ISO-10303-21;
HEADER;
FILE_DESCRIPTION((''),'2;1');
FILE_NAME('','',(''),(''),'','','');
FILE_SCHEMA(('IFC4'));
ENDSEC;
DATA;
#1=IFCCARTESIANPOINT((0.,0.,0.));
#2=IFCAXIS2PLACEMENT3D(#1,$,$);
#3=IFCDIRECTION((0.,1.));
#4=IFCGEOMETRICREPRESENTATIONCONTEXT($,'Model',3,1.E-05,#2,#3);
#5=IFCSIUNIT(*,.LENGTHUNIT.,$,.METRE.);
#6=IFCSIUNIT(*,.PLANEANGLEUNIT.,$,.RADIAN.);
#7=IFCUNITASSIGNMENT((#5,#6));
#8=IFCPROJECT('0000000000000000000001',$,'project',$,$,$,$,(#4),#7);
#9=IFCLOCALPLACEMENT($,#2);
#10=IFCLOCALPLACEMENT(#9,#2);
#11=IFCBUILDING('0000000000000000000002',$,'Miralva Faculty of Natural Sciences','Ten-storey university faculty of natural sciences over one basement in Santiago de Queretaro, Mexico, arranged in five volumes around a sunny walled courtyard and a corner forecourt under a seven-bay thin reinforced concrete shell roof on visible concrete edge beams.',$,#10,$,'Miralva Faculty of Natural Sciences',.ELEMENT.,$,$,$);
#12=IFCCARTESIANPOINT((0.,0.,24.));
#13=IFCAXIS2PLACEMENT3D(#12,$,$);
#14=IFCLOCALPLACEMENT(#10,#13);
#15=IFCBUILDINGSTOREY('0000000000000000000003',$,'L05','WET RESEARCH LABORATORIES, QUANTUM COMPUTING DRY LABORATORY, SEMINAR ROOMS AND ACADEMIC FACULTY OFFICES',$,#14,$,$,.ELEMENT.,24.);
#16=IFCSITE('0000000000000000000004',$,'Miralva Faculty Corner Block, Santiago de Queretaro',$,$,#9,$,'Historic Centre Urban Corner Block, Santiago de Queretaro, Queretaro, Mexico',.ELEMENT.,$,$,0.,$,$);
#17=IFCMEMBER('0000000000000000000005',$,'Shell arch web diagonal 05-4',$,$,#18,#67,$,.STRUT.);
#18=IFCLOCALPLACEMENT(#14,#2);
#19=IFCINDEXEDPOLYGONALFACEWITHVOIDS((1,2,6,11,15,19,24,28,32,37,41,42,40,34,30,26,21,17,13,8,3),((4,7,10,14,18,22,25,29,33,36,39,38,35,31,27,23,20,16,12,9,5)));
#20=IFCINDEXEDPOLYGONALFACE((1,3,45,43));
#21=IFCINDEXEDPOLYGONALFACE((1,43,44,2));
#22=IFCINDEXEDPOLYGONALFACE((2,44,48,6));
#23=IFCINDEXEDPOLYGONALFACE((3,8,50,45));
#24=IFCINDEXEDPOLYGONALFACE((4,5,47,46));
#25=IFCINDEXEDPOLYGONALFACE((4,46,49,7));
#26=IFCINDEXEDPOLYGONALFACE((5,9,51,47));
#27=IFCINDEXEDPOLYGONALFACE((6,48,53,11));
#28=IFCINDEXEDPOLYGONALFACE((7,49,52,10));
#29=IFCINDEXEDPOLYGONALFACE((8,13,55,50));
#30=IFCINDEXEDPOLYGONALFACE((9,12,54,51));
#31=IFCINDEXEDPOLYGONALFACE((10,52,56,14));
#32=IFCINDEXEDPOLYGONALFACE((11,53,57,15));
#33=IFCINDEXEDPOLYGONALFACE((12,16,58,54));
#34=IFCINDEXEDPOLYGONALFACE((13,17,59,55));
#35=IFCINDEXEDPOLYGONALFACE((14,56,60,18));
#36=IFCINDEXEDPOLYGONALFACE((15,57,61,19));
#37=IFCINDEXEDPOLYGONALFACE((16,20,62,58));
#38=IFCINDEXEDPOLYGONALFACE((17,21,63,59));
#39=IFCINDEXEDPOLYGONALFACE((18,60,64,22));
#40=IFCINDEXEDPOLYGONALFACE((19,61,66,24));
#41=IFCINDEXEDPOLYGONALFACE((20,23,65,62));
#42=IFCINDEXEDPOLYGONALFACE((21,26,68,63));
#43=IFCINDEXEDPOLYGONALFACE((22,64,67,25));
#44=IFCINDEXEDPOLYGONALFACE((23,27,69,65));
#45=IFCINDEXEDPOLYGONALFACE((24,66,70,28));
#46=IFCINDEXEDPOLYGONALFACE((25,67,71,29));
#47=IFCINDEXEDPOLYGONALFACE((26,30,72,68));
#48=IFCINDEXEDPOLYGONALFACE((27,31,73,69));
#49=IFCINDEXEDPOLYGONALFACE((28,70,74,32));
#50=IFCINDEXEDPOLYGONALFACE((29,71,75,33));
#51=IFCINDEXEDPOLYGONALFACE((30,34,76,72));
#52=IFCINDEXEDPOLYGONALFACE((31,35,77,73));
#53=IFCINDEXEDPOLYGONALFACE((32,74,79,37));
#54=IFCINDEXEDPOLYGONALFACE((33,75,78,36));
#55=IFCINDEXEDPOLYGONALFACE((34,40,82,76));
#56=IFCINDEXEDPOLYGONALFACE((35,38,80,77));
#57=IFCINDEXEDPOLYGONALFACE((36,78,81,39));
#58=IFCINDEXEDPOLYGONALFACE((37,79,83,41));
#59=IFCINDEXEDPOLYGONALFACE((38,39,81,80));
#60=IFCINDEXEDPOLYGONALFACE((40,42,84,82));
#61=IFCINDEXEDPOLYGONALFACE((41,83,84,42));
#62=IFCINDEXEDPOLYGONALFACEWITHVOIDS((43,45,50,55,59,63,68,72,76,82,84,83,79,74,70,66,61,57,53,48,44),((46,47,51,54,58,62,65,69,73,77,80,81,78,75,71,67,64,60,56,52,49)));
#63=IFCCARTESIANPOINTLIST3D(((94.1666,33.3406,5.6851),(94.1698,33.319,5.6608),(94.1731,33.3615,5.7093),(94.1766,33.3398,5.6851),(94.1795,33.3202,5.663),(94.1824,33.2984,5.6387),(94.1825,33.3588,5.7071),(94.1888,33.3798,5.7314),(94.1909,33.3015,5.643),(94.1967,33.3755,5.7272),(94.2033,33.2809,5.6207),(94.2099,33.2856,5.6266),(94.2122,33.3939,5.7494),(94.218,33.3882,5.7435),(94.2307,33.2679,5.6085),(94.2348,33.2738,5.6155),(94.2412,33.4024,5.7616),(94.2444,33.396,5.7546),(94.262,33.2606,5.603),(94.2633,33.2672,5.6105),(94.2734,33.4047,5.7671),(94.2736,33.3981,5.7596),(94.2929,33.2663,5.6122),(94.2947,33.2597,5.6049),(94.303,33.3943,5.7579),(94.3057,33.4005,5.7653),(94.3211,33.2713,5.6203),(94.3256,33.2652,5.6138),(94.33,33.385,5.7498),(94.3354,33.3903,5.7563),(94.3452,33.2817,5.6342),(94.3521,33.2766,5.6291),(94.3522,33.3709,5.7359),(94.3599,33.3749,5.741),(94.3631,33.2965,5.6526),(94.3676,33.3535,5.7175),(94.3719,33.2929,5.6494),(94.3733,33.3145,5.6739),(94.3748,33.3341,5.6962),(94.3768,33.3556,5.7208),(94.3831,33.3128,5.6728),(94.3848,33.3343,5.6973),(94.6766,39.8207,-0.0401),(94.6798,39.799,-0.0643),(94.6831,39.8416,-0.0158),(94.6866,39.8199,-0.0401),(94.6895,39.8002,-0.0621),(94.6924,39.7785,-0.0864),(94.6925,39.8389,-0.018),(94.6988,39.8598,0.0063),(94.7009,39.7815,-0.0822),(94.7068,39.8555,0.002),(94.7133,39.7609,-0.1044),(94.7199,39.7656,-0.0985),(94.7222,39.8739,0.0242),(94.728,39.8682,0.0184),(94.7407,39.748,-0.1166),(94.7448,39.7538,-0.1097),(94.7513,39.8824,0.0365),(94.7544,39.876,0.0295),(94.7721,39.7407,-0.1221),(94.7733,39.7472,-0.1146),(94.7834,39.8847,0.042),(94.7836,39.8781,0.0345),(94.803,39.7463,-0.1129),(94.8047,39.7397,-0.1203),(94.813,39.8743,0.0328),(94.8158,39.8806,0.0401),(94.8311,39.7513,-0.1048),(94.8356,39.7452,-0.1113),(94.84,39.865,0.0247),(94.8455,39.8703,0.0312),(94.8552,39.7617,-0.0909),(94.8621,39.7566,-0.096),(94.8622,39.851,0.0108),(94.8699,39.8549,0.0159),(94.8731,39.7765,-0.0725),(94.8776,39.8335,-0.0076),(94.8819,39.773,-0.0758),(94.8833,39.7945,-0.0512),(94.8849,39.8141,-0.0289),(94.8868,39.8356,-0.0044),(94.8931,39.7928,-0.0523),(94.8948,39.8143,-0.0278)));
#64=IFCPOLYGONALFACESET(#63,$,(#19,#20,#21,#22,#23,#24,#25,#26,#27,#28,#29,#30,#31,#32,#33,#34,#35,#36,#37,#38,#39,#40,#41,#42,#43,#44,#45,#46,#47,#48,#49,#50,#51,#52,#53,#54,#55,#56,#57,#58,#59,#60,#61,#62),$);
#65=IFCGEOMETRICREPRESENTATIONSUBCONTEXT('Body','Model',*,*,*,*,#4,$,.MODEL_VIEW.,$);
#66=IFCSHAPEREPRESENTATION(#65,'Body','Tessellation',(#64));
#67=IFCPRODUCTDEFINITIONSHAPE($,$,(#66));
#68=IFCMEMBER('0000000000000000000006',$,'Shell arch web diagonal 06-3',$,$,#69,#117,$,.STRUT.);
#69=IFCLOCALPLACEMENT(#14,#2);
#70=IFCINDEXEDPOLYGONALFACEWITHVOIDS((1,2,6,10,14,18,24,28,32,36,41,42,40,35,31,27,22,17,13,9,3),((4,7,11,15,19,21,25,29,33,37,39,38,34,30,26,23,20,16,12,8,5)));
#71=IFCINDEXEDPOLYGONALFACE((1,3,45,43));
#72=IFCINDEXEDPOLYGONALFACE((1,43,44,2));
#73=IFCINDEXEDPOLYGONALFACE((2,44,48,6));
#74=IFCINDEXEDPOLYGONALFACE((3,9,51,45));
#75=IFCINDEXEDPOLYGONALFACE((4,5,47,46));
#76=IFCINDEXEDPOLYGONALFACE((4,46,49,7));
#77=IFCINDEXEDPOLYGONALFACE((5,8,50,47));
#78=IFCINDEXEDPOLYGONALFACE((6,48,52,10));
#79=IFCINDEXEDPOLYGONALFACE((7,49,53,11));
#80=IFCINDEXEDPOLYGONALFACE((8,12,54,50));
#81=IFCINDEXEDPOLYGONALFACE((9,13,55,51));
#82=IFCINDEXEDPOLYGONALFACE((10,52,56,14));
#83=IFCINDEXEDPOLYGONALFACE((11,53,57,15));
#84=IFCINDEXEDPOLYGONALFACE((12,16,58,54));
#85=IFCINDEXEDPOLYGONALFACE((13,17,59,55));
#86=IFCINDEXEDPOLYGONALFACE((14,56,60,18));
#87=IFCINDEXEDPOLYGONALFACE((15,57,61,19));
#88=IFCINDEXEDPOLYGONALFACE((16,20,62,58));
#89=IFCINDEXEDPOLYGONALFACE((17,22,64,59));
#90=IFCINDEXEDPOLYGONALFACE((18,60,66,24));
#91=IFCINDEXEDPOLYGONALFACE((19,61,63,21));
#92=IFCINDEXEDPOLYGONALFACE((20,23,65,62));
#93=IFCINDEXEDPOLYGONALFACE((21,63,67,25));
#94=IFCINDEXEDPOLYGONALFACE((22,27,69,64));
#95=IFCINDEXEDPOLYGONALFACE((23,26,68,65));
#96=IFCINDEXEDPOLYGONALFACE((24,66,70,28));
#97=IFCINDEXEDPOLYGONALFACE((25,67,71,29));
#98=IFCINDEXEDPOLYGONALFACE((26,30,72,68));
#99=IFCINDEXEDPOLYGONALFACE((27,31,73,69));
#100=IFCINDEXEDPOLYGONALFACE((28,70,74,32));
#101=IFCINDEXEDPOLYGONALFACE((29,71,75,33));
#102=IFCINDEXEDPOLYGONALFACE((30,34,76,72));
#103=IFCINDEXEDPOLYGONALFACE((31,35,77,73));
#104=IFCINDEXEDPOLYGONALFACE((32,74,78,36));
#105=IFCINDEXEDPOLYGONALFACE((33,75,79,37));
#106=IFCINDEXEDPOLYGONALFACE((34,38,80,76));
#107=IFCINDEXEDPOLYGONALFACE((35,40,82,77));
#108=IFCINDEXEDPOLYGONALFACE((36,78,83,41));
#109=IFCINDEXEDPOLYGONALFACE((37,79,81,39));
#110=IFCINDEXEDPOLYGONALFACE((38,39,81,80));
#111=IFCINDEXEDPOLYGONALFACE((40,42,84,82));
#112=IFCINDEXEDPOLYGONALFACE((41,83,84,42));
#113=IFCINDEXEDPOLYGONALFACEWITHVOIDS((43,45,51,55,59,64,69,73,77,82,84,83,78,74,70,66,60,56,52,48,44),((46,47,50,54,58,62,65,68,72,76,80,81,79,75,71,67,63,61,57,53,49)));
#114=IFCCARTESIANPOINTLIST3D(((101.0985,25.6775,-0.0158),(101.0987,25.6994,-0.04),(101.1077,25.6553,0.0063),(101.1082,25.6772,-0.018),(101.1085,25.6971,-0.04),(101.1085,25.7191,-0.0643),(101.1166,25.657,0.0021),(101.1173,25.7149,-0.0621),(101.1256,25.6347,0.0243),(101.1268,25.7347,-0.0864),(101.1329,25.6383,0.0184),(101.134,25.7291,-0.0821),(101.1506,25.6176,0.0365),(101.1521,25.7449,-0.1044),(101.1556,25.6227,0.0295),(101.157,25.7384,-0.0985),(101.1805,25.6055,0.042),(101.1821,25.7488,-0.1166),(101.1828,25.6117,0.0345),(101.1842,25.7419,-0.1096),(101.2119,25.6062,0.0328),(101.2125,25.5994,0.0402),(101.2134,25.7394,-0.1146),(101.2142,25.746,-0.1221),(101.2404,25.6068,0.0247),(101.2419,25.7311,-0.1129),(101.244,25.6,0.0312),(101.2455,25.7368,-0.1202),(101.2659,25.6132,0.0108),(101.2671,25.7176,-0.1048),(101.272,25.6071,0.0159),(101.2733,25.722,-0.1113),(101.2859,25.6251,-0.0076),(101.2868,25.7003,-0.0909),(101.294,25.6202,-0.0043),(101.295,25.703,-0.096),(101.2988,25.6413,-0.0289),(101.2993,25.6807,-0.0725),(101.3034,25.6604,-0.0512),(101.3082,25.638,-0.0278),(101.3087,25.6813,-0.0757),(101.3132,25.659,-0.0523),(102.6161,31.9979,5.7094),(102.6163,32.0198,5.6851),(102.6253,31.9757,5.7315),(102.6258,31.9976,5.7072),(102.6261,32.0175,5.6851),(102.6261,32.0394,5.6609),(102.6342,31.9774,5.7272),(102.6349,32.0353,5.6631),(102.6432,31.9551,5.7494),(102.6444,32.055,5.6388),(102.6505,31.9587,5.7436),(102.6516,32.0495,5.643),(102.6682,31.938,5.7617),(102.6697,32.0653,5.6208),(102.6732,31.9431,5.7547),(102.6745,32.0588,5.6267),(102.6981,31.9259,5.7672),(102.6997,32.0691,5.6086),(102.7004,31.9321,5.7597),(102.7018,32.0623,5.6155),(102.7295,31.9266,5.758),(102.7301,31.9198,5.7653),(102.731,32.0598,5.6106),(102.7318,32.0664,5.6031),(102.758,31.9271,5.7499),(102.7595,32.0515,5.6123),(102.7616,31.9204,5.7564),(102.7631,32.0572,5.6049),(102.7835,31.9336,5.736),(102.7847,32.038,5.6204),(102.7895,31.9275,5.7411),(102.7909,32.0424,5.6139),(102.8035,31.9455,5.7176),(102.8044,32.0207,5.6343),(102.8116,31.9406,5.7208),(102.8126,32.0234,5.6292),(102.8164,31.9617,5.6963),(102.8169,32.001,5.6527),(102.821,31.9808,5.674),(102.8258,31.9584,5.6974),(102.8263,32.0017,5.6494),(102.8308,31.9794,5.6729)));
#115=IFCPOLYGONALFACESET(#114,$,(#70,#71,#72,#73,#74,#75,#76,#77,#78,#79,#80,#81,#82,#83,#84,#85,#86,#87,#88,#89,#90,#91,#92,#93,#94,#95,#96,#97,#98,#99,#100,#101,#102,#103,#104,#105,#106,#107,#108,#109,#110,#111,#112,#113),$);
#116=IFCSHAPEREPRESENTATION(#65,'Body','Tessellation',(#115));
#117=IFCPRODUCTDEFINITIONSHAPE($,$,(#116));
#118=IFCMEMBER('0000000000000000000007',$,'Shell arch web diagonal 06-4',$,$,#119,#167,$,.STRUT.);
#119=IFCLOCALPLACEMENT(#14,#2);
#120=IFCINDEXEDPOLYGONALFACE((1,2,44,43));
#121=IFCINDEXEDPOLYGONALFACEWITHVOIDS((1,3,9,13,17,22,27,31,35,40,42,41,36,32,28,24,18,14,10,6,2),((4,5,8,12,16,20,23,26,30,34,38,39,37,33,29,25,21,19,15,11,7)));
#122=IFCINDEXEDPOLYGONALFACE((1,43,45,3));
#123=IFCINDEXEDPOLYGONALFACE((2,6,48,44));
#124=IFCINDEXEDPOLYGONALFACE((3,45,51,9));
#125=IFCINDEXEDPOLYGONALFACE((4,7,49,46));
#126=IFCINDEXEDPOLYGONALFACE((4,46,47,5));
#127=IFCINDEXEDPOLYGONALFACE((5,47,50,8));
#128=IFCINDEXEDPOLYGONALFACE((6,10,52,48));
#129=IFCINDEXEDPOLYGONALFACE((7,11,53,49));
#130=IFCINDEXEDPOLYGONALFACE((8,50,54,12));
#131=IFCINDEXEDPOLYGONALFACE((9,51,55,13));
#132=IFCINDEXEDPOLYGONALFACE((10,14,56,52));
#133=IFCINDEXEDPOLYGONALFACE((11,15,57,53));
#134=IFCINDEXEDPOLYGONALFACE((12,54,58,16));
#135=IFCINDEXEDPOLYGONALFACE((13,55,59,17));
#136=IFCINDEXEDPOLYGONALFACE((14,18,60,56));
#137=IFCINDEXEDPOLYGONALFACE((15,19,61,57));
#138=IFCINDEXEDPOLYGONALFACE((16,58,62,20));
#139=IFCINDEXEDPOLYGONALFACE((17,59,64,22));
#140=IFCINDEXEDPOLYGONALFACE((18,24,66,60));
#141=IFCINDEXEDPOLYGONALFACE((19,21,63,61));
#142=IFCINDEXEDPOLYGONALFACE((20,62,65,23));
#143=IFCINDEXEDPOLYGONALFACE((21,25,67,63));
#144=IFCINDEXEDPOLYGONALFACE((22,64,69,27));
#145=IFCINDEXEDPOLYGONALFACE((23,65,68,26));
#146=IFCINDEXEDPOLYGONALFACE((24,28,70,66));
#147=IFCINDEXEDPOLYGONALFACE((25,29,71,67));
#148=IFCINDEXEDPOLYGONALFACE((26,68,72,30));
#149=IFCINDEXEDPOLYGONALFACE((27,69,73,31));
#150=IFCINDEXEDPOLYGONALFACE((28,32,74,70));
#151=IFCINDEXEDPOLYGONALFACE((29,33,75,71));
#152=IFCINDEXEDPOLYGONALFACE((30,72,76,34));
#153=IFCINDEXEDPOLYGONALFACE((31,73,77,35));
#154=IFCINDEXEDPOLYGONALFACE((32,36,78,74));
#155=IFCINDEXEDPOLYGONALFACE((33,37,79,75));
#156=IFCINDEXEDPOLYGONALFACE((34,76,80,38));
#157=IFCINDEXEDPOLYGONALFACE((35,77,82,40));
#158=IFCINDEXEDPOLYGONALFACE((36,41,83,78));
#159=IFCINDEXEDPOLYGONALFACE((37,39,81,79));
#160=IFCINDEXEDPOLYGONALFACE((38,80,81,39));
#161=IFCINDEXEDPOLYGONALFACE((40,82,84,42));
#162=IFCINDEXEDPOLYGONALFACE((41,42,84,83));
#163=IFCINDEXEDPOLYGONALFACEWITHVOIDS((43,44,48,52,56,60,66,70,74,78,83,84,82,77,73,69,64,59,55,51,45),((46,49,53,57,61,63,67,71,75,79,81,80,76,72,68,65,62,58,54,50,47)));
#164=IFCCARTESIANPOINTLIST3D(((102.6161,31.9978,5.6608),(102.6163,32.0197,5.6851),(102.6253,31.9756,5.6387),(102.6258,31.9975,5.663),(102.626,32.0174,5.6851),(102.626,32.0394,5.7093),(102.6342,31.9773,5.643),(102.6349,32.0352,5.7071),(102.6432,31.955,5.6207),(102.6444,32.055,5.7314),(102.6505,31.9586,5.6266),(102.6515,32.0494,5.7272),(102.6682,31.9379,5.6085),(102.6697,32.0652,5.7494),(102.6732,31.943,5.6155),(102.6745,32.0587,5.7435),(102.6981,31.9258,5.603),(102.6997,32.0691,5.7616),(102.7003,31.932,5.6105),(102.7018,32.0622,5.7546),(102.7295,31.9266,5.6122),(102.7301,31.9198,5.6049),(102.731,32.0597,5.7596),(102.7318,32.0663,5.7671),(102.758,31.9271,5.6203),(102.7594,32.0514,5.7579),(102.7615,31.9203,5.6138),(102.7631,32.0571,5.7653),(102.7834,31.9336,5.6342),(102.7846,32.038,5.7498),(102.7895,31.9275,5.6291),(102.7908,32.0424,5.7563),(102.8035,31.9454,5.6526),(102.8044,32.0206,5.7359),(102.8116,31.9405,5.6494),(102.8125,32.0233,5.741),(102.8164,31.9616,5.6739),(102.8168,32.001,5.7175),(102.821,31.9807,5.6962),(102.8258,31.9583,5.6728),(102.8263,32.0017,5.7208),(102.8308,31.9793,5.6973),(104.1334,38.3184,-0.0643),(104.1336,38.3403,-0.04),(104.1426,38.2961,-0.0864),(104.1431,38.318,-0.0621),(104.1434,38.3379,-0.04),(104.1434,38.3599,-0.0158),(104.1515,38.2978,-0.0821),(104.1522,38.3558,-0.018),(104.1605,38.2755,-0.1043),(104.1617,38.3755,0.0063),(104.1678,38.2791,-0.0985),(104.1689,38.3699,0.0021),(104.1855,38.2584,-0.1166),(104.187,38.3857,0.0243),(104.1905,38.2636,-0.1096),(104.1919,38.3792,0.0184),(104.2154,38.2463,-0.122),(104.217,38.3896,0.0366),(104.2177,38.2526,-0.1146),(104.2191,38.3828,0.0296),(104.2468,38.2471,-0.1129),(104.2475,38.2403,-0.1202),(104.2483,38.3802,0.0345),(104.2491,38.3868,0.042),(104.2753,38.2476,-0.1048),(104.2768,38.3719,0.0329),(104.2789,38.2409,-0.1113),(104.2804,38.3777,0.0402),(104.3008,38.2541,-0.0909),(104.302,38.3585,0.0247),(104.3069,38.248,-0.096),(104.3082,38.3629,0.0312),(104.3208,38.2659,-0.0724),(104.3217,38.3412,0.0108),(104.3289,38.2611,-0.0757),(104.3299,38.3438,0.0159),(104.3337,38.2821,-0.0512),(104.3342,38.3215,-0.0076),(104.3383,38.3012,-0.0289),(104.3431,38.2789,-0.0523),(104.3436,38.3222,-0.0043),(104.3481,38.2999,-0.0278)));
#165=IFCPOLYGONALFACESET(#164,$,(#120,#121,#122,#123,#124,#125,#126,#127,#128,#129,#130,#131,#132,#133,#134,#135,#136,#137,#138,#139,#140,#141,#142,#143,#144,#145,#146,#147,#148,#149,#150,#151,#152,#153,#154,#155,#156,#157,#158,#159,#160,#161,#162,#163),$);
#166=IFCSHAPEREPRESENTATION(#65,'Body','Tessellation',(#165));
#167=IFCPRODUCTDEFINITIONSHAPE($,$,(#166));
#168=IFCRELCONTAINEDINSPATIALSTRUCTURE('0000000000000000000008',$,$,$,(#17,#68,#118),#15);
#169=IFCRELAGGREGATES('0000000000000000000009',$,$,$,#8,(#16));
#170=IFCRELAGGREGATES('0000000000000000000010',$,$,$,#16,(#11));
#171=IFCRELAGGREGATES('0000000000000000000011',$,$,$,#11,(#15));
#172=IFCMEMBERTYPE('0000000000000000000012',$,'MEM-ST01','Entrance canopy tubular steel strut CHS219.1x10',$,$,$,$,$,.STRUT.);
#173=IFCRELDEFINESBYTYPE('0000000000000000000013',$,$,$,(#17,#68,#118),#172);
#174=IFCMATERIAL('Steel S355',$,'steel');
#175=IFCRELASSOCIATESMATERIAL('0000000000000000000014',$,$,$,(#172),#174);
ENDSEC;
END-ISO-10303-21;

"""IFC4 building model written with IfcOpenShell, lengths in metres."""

from ifc_helpers import new_model, si_unit, direction, frame, origin, origin_2d, place, context, subcontext, project, spatial, hollow_circle, extrude, material, material_profile, profile_set, type_object, element, save


model = new_model("IFC4")

# Units and contexts
model_context = context("Model", 3, precision=1e-05, world=origin(), true_north=direction((0.0, 1.0)))
body_context = subcontext(model_context, "Body", "Model", "MODEL_VIEW")
ifc_project = project(units=[si_unit("LENGTHUNIT", "METRE"), si_unit("PLANEANGLEUNIT", "RADIAN")], contexts=[model_context])

# Site, building, storey
site_placement = place(None, origin())
site = spatial("IfcSite", under=ifc_project, at=site_placement, Name="Miralva Faculty Corner Block, Santiago de Queretaro", LongName="Historic Centre Urban Corner Block, Santiago de Queretaro, Queretaro, Mexico", CompositionType="ELEMENT", RefElevation=0.0)
building_placement = place(site_placement, origin())
building = spatial("IfcBuilding", under=site, at=building_placement, Name="Miralva Faculty of Natural Sciences", Description="Ten-storey university faculty of natural sciences over one basement in Santiago de Queretaro, Mexico, arranged in five volumes around a sunny walled courtyard and a corner forecourt under a seven-bay thin reinforced concrete shell roof on visible concrete edge beams.", LongName="Miralva Faculty of Natural Sciences", CompositionType="ELEMENT")
storey_placement = place(building_placement, frame((0.0, 0.0, 24.0)))
storey = spatial("IfcBuildingStorey", under=building, at=storey_placement, Name="L05", Description="WET RESEARCH LABORATORIES, QUANTUM COMPUTING DRY LABORATORY, SEMINAR ROOMS AND ACADEMIC FACULTY OFFICES", CompositionType="ELEMENT", Elevation=24.0)

# Shared definitions
ifc_material_1 = material(Name="Steel S355", Category="steel")

# Members
ifc_material_profile_1 = material_profile(ifc_material_1, hollow_circle(Radius=0.1096, WallThickness=0.01, at=origin_2d()), Name="CHS 219.1x10")
ifc_profile_set_1 = profile_set([ifc_material_profile_1], Name="Steel S355")
member_type_1 = type_object("IfcMemberType", Name="MEM-ST01", Description="Entrance canopy tubular steel strut CHS219.1x10", PredefinedType="STRUT", material=ifc_profile_set_1)
for number, where, z_axis, x_axis, name in (
    (1, (94.2759, 33.332, 5.6851), (0.05888, 0.748109, -0.660958), (-0.996917, 0.078463, 0.0), "Shell arch web diagonal 05-4"),
    (2, (101.2053, 25.6738, -0.04), (0.175204, 0.72968, 0.660962), (-0.972363, 0.233475, 0.0), "Shell arch web diagonal 06-3"),
    (3, (102.7229, 31.9941, 5.6851), (0.175173, 0.729696, -0.660952), (-0.972373, 0.233431, 0.0), "Shell arch web diagonal 06-4"),
):
    element("IfcMember", number, at=place(storey_placement, frame(where, z_axis=z_axis, x_axis=x_axis)), inside=storey, type_object=member_type_1, Name=name, PredefinedType="STRUT", context=body_context, shape_type="SweptSolid", body=[
        extrude(hollow_circle(Radius=0.1096, WallThickness=0.01, at=origin_2d()), origin(), (0.0, 0.0, 1.0), 8.6619),
    ])

save(model, "model.ifc")
